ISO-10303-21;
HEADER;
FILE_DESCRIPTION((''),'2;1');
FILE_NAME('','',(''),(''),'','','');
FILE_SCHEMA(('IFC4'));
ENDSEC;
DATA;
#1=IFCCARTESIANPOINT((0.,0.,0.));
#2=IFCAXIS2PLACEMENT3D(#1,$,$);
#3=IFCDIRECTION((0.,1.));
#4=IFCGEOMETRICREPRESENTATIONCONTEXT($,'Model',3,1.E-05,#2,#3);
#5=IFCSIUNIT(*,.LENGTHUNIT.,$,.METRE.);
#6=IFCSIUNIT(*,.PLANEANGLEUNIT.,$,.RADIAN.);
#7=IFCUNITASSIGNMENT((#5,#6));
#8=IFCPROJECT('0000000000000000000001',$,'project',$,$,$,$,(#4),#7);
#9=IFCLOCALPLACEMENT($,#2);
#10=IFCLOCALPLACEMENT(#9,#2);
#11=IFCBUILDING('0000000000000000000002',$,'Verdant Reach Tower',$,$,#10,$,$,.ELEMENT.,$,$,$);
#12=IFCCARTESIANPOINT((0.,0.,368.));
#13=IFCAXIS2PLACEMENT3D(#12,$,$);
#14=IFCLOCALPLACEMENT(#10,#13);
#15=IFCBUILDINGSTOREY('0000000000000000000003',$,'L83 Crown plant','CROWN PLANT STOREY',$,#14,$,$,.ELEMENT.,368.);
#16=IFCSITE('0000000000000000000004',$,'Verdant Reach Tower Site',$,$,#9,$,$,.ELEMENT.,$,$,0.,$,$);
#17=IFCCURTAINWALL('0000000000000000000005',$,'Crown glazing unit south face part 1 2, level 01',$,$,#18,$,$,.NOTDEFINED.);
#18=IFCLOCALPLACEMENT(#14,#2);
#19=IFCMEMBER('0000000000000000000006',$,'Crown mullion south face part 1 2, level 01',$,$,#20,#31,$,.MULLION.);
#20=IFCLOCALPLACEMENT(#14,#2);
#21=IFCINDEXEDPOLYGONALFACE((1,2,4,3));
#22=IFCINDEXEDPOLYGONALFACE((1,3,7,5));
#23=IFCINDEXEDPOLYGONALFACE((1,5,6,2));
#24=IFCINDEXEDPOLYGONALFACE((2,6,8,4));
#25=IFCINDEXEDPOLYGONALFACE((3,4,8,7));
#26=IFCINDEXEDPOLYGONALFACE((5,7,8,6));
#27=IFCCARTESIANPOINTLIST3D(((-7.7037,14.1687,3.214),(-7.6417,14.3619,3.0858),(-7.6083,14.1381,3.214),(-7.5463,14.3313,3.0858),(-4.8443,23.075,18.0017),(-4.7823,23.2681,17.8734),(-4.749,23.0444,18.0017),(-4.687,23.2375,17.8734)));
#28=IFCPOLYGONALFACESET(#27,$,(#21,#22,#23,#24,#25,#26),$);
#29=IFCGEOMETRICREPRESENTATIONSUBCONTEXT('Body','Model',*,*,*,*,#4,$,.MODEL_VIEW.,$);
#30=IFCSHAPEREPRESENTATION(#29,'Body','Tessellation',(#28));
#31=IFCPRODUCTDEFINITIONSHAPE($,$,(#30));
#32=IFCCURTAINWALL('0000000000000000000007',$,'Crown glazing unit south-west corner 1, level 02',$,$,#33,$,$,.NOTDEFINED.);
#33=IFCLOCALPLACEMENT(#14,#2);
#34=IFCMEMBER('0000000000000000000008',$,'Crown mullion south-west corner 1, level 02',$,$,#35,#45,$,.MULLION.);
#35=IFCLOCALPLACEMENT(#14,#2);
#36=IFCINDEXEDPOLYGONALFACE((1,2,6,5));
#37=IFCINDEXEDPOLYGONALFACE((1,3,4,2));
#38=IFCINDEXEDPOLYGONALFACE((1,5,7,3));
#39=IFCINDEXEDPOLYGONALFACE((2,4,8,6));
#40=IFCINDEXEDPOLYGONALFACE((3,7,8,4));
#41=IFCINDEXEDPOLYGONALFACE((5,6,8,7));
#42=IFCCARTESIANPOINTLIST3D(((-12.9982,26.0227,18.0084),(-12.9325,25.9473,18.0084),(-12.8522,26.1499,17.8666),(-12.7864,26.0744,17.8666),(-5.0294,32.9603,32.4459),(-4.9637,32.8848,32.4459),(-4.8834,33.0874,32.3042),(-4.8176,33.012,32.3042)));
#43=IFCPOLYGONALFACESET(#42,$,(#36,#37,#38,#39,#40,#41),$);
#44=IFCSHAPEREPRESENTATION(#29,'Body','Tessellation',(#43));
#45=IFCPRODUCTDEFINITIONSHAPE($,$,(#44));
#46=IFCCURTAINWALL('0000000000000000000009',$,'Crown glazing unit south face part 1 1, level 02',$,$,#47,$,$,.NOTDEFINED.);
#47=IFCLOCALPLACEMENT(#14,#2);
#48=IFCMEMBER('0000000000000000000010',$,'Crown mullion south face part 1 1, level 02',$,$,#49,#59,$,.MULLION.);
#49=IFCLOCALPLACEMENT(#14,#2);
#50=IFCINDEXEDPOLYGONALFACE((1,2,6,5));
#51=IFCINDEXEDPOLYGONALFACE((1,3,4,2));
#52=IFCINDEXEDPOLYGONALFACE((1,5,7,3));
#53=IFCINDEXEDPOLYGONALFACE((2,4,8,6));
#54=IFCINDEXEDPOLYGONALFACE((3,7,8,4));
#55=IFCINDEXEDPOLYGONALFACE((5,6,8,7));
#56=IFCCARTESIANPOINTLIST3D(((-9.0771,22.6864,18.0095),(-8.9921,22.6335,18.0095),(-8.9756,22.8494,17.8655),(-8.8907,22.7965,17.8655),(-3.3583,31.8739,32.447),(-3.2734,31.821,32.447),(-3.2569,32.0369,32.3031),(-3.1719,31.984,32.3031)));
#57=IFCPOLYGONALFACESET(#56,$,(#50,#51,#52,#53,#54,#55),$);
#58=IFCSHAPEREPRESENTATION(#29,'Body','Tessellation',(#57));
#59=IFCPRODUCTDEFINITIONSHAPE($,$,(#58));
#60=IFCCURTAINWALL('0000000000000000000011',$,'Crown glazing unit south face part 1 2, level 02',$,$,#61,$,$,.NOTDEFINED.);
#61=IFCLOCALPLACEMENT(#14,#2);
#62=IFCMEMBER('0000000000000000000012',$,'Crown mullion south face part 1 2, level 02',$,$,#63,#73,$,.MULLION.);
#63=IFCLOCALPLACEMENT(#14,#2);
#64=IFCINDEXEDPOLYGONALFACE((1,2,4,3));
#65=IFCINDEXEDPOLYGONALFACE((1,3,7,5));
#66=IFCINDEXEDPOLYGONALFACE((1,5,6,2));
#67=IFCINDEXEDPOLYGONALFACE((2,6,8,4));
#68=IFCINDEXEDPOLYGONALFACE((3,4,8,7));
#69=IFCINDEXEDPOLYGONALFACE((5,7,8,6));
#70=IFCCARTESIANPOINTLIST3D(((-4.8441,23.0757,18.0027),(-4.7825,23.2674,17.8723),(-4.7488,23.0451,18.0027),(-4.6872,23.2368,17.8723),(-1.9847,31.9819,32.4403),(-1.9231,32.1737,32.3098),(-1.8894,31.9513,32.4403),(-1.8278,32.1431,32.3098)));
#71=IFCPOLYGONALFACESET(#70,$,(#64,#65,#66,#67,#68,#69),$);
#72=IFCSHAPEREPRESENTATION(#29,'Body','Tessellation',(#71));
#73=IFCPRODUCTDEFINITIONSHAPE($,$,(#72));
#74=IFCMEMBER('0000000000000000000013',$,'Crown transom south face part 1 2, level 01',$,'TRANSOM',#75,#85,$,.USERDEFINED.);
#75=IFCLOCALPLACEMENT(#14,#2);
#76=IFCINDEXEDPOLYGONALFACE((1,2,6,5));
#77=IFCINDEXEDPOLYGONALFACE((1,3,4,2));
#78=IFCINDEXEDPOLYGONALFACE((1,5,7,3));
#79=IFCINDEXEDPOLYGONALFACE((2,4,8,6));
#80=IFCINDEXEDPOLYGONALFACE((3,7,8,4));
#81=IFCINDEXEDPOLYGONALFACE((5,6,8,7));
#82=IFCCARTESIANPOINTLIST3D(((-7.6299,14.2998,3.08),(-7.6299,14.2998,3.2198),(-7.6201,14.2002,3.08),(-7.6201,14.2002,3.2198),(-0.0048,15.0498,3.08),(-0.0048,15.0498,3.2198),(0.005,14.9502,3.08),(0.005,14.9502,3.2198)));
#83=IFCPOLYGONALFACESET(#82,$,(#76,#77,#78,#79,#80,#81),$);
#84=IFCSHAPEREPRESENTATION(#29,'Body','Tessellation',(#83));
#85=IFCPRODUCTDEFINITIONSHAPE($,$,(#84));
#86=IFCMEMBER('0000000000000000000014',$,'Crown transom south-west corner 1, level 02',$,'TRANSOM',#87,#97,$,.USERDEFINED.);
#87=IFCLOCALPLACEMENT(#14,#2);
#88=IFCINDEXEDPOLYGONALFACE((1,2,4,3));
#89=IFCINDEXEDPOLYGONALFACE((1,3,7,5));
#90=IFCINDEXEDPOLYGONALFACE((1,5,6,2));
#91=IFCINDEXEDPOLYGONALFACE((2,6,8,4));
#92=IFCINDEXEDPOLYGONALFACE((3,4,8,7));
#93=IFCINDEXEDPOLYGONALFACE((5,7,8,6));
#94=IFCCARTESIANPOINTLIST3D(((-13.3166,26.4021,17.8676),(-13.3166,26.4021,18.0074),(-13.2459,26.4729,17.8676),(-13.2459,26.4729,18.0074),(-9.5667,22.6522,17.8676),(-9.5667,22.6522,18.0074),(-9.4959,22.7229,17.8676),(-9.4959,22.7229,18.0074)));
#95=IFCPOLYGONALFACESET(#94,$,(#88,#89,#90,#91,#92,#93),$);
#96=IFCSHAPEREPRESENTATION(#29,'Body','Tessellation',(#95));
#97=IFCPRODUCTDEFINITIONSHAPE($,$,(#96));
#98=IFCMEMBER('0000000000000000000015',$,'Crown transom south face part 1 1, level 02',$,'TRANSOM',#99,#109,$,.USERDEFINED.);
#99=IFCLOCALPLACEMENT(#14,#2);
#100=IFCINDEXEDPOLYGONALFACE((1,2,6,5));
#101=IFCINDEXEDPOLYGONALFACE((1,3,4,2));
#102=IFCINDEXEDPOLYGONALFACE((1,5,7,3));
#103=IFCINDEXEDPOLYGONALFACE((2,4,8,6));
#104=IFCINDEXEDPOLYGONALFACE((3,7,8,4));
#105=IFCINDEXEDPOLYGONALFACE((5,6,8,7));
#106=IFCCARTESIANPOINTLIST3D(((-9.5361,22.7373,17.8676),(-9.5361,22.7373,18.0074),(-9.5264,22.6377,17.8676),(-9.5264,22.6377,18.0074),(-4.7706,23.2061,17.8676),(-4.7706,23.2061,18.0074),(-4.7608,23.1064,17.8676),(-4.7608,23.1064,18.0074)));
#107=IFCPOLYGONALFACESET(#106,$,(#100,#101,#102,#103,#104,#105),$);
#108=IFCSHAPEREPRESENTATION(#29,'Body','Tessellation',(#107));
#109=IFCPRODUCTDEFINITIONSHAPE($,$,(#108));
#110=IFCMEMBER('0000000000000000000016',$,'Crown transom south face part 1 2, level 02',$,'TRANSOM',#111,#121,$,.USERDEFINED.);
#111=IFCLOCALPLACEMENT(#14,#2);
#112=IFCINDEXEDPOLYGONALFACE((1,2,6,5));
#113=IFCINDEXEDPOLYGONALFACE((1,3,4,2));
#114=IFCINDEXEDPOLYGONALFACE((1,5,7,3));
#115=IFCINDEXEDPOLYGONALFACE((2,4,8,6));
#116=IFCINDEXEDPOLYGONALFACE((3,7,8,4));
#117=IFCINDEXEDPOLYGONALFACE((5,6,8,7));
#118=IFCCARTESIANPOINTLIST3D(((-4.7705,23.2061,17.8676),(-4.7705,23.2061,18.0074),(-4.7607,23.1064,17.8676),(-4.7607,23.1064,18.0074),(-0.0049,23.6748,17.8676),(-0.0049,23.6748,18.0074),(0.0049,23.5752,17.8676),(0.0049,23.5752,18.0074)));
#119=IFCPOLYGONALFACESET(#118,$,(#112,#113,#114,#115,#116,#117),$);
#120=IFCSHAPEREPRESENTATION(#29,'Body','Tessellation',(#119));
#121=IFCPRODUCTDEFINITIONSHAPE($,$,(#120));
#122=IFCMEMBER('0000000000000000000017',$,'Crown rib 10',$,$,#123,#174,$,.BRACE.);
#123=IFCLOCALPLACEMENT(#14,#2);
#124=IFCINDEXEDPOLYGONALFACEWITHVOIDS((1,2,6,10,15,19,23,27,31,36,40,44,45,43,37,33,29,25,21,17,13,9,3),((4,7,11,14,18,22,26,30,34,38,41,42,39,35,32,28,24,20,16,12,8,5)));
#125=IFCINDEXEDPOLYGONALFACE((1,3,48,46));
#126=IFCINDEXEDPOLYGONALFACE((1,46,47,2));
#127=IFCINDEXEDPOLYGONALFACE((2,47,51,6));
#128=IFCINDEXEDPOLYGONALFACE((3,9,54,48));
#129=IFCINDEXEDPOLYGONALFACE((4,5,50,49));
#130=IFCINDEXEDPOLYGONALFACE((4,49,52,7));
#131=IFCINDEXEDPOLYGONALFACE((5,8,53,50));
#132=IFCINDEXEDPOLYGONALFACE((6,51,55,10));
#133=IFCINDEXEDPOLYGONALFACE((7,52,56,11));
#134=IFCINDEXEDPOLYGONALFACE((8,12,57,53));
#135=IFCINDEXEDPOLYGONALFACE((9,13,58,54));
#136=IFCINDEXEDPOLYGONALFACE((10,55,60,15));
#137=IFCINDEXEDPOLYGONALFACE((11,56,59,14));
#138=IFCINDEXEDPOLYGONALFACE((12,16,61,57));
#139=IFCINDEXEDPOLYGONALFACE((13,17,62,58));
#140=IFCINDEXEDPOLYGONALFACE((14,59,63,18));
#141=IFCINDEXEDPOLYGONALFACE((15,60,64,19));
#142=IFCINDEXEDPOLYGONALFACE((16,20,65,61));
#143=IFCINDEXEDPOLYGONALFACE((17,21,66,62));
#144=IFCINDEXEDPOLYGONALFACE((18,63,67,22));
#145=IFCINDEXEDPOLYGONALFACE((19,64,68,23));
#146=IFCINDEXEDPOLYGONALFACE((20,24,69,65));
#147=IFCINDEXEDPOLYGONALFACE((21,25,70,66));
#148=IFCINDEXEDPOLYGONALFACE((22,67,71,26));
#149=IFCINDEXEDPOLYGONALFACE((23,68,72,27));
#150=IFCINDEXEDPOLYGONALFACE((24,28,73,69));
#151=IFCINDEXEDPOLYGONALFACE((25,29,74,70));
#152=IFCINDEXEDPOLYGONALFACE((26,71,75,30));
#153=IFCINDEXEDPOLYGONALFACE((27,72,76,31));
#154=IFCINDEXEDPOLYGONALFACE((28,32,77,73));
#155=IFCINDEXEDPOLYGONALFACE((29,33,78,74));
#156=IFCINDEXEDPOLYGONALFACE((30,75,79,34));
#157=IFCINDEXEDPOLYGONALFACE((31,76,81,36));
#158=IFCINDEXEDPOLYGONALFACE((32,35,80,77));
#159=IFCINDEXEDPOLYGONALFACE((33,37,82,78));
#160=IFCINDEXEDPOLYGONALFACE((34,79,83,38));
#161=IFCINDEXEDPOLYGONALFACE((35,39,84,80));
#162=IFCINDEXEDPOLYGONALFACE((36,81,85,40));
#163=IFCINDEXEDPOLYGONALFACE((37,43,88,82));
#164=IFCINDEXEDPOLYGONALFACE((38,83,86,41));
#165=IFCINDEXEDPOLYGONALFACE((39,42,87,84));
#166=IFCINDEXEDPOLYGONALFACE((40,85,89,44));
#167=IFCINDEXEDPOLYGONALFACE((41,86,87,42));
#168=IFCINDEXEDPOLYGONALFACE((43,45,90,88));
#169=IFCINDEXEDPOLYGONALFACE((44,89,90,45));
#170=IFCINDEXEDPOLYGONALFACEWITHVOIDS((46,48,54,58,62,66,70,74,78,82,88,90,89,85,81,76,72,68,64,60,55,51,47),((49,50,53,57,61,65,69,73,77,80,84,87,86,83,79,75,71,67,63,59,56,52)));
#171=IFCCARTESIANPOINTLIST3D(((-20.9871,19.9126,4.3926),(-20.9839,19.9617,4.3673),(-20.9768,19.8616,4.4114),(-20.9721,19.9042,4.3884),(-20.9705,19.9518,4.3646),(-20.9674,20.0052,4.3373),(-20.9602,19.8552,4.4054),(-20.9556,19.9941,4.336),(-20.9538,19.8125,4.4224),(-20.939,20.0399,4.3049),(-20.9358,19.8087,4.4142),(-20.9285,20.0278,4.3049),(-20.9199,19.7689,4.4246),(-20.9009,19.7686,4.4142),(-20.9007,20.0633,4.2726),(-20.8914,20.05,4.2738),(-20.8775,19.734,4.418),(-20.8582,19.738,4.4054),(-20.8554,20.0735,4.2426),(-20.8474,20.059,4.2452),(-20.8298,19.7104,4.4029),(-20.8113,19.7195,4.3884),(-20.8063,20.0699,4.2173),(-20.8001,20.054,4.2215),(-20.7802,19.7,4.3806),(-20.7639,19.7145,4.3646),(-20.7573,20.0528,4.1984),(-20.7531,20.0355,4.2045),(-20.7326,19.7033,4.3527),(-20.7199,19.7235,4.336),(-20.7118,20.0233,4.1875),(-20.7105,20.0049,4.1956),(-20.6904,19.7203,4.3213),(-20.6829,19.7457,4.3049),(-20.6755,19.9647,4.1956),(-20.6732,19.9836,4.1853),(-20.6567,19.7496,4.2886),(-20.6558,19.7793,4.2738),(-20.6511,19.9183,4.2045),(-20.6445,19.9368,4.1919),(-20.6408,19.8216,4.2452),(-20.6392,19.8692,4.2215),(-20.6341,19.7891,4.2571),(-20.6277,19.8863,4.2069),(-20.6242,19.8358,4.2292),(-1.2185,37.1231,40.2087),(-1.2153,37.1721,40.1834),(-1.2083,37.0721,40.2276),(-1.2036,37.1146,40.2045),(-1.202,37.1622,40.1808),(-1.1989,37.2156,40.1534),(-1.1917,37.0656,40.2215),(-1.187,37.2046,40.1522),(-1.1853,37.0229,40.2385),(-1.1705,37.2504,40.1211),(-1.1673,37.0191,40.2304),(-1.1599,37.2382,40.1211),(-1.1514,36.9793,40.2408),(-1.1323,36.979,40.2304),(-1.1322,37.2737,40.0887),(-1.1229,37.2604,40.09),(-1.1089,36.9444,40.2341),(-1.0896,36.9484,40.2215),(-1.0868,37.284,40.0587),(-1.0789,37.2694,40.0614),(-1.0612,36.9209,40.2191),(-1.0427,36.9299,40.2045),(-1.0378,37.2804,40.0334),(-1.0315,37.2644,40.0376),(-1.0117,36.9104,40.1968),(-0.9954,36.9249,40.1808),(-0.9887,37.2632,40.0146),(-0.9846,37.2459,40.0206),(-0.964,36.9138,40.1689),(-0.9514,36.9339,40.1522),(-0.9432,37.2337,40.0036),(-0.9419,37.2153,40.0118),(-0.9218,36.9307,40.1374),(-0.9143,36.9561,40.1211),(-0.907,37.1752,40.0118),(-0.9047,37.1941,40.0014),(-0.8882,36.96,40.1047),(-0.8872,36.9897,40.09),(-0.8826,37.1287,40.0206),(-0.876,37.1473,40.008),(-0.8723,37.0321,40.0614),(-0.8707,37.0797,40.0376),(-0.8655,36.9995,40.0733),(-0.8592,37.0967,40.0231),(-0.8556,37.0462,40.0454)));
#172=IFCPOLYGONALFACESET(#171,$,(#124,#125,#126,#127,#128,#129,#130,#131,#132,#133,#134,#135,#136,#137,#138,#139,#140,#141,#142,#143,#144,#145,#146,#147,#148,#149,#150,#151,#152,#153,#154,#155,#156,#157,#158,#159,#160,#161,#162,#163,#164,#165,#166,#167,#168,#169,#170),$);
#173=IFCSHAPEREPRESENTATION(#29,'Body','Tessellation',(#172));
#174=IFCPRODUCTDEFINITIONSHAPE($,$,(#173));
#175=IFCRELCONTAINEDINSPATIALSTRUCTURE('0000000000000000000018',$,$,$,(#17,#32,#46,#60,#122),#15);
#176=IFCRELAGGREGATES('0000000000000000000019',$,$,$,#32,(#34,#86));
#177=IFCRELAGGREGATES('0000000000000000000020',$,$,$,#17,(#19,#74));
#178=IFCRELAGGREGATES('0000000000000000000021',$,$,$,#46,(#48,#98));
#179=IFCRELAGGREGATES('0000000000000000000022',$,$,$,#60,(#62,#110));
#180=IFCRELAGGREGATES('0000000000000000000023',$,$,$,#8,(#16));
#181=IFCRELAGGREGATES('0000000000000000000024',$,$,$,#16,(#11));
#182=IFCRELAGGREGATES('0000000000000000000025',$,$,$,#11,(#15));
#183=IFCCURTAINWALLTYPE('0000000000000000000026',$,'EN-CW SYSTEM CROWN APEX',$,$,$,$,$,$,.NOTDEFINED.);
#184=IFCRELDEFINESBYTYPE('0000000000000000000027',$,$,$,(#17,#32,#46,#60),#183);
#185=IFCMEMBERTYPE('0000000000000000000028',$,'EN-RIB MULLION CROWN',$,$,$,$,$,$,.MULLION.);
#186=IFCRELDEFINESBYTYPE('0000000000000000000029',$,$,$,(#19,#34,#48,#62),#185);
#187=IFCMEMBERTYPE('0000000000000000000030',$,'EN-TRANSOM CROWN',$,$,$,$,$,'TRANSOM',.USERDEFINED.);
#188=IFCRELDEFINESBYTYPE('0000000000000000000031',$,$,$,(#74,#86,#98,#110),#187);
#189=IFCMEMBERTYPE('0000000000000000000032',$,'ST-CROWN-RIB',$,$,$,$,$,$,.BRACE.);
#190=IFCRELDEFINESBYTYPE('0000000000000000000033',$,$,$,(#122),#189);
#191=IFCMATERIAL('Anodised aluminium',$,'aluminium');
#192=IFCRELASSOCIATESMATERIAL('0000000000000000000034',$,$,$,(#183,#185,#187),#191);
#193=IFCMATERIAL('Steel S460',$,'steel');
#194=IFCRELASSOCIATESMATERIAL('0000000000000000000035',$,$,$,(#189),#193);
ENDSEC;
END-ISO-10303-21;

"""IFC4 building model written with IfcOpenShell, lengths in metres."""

from ifc_helpers import new_model, si_unit, direction, frame, origin, origin_2d, place, context, subcontext, project, spatial, rectangle, hollow_circle, extrude, material, material_profile, profile_set, type_object, element, aggregate, save


model = new_model("IFC4")

# Units and contexts
model_context = context("Model", 3, precision=1e-05, world=origin(), true_north=direction((0.0, 1.0)))
body_context = subcontext(model_context, "Body", "Model", "MODEL_VIEW")
ifc_project = project(units=[si_unit("LENGTHUNIT", "METRE"), si_unit("PLANEANGLEUNIT", "RADIAN")], contexts=[model_context])

# Site, building, storey
site_placement = place(None, origin())
site = spatial("IfcSite", under=ifc_project, at=site_placement, Name="Verdant Reach Tower Site", CompositionType="ELEMENT", RefElevation=0.0)
building_placement = place(site_placement, origin())
building = spatial("IfcBuilding", under=site, at=building_placement, Name="Verdant Reach Tower", CompositionType="ELEMENT")
storey_placement = place(building_placement, frame((0.0, 0.0, 368.0)))
storey = spatial("IfcBuildingStorey", under=building, at=storey_placement, Name="L83 Crown plant", Description="CROWN PLANT STOREY", CompositionType="ELEMENT", Elevation=368.0)

# Curtain walls, members
ifc_material_1 = material(Name="Anodised aluminium", Category="aluminium")
curtain_wall_type = type_object("IfcCurtainWallType", Name="EN-CW SYSTEM CROWN APEX", PredefinedType="NOTDEFINED", material=ifc_material_1)
curtain_wall_1_placement = place(storey_placement, origin())
curtain_wall_1 = element("IfcCurtainWall", 1, at=curtain_wall_1_placement, inside=storey, type_object=curtain_wall_type, Name="Crown glazing unit south face part 1 2, level 01", PredefinedType="NOTDEFINED")
ifc_material_profile_1 = material_profile(ifc_material_1, rectangle(XDim=0.1001, YDim=0.24, at=origin_2d()), Name="Mullion 100x240")
ifc_profile_set_1 = profile_set([ifc_material_profile_1], Name="Anodised aluminium")
member_type_1 = type_object("IfcMemberType", Name="EN-RIB MULLION CROWN", PredefinedType="MULLION", material=ifc_profile_set_1)
member_1_placement = place(storey_placement, frame((-7.625, 14.25, 3.1499), z_axis=(0.163414, 0.508995, 0.845115), x_axis=(-0.952133, 0.305685, 0.0)))
member_1 = element("IfcMember", 2, at=member_1_placement, type_object=member_type_1, Name="Crown mullion south face part 1 2, level 01", PredefinedType="MULLION", context=body_context, shape_type="SweptSolid", body=[
    extrude(rectangle(XDim=0.1001, YDim=0.24, at=origin_2d()), origin(), (0.0, 0.0, 1.0), 17.4978),
])
curtain_wall_2_placement = place(storey_placement, origin())
curtain_wall_2 = element("IfcCurtainWall", 3, at=curtain_wall_2_placement, inside=storey, type_object=curtain_wall_type, Name="Crown glazing unit south-west corner 1, level 02", PredefinedType="NOTDEFINED")
member_2_placement = place(storey_placement, frame((-12.8923, 26.0486, 17.9375), z_axis=(0.445417, 0.387775, 0.806991), x_axis=(-0.656618, 0.754223, 0.0)))
member_2 = element("IfcMember", 4, at=member_2_placement, type_object=member_type_1, Name="Crown mullion south-west corner 1, level 02", PredefinedType="MULLION", context=body_context, shape_type="SweptSolid", body=[
    extrude(rectangle(XDim=0.1001, YDim=0.24, at=origin_2d()), origin(), (0.0, 0.0, 1.0), 17.8906),
])
curtain_wall_3_placement = place(storey_placement, origin())
curtain_wall_3 = element("IfcCurtainWall", 5, at=curtain_wall_3_placement, inside=storey, type_object=curtain_wall_type, Name="Crown glazing unit south face part 1 1, level 02", PredefinedType="NOTDEFINED")
member_3_placement = place(storey_placement, frame((-8.9839, 22.7415, 17.9375), z_axis=(0.316948, 0.509196, 0.800165), x_axis=(-0.84897, 0.528441, 0.0)))
member_3 = element("IfcMember", 6, at=member_3_placement, type_object=member_type_1, Name="Crown mullion south face part 1 1, level 02", PredefinedType="MULLION", context=body_context, shape_type="SweptSolid", body=[
    extrude(rectangle(XDim=0.1001, YDim=0.24, at=origin_2d()), origin(), (0.0, 0.0, 1.0), 18.0432),
])
curtain_wall_4_placement = place(storey_placement, origin())
curtain_wall_4 = element("IfcCurtainWall", 7, at=curtain_wall_4_placement, inside=storey, type_object=curtain_wall_type, Name="Crown glazing unit south face part 1 2, level 02", PredefinedType="NOTDEFINED")
member_4_placement = place(storey_placement, frame((-4.7656, 23.1562, 17.9375), z_axis=(0.166215, 0.517719, 0.83925), x_axis=(-0.952133, 0.305685, 0.0)))
member_4 = element("IfcMember", 8, at=member_4_placement, type_object=member_type_1, Name="Crown mullion south face part 1 2, level 02", PredefinedType="MULLION", context=body_context, shape_type="SweptSolid", body=[
    extrude(rectangle(XDim=0.1001, YDim=0.24, at=origin_2d()), origin(), (0.0, 0.0, 1.0), 17.2029),
])

# Members
ifc_material_profile_2 = material_profile(ifc_material_1, rectangle(XDim=0.1001, YDim=0.1399, at=origin_2d()), Name="Transom 140x100")
ifc_profile_set_2 = profile_set([ifc_material_profile_2], Name="Anodised aluminium")
member_type_2 = type_object("IfcMemberType", Name="EN-TRANSOM CROWN", ElementType="TRANSOM", PredefinedType="USERDEFINED", material=ifc_profile_set_2)
member_5_placement = place(storey_placement, frame((-7.625, 14.25, 3.1499), z_axis=(0.995197, 0.097888, 0.0), x_axis=(-0.097888, 0.995197, 0.0)))
member_5 = element("IfcMember", 9, at=member_5_placement, type_object=member_type_2, Name="Crown transom south face part 1 2, level 01", ObjectType="TRANSOM", PredefinedType="USERDEFINED", context=body_context, shape_type="SweptSolid", body=[
    extrude(rectangle(XDim=0.1001, YDim=0.1399, at=origin_2d()), origin(), (0.0, 0.0, 1.0), 7.6619),
])
member_6_placement = place(storey_placement, frame((-13.2812, 26.4375, 17.9375), z_axis=(0.707107, -0.707107, 0.0), x_axis=(0.707107, 0.707107, 0.0)))
member_6 = element("IfcMember", 10, at=member_6_placement, type_object=member_type_2, Name="Crown transom south-west corner 1, level 02", ObjectType="TRANSOM", PredefinedType="USERDEFINED", context=body_context, shape_type="SweptSolid", body=[
    extrude(rectangle(XDim=0.1001, YDim=0.1399, at=origin_2d()), origin(), (0.0, 0.0, 1.0), 5.3032),
])
aggregate(curtain_wall_2, [member_2, member_6])
member_7_placement = place(storey_placement, frame((-9.5312, 22.6875, 17.9375), z_axis=(0.995197, 0.097888, 0.0), x_axis=(-0.097888, 0.995197, 0.0)))
member_7 = element("IfcMember", 11, at=member_7_placement, type_object=member_type_2, Name="Crown transom south face part 1 1, level 02", ObjectType="TRANSOM", PredefinedType="USERDEFINED", context=body_context, shape_type="SweptSolid", body=[
    extrude(rectangle(XDim=0.1001, YDim=0.1399, at=origin_2d()), origin(), (0.0, 0.0, 1.0), 4.7886),
])
member_8_placement = place(storey_placement, frame((-4.7656, 23.1562, 17.9375), z_axis=(0.995197, 0.097888, 0.0), x_axis=(-0.097888, 0.995197, 0.0)))
member_8 = element("IfcMember", 12, at=member_8_placement, type_object=member_type_2, Name="Crown transom south face part 1 2, level 02", ObjectType="TRANSOM", PredefinedType="USERDEFINED", context=body_context, shape_type="SweptSolid", body=[
    extrude(rectangle(XDim=0.1001, YDim=0.1399, at=origin_2d()), origin(), (0.0, 0.0, 1.0), 4.7886),
])

# Member
ifc_material_2 = material(Name="Steel S460", Category="steel")
ifc_material_profile_3 = material_profile(ifc_material_2, hollow_circle(Radius=0.2031, WallThickness=0.0161, at=origin_2d()), Name="CHS 406.4x16")
ifc_profile_set_3 = profile_set([ifc_material_profile_3], Name="Steel S460")
member_type_3 = type_object("IfcMemberType", Name="ST-CROWN-RIB", PredefinedType="BRACE", material=ifc_profile_set_3)
member_9_placement = place(storey_placement, frame((-20.8057, 19.8867, 4.3049), z_axis=(0.445415, 0.387777, 0.806991), x_axis=(-0.656622, 0.75422, 0.0)))
element("IfcMember", 13, at=member_9_placement, inside=storey, type_object=member_type_3, Name="Crown rib 10", PredefinedType="BRACE", context=body_context, shape_type="SweptSolid", body=[
    extrude(hollow_circle(Radius=0.2031, WallThickness=0.0161, at=origin_2d()), origin(), (0.0, 0.0, 1.0), 44.3823),
])

aggregate(curtain_wall_1, [member_1, member_5])
aggregate(curtain_wall_3, [member_3, member_7])
aggregate(curtain_wall_4, [member_4, member_8])

save(model, "model.ifc")
